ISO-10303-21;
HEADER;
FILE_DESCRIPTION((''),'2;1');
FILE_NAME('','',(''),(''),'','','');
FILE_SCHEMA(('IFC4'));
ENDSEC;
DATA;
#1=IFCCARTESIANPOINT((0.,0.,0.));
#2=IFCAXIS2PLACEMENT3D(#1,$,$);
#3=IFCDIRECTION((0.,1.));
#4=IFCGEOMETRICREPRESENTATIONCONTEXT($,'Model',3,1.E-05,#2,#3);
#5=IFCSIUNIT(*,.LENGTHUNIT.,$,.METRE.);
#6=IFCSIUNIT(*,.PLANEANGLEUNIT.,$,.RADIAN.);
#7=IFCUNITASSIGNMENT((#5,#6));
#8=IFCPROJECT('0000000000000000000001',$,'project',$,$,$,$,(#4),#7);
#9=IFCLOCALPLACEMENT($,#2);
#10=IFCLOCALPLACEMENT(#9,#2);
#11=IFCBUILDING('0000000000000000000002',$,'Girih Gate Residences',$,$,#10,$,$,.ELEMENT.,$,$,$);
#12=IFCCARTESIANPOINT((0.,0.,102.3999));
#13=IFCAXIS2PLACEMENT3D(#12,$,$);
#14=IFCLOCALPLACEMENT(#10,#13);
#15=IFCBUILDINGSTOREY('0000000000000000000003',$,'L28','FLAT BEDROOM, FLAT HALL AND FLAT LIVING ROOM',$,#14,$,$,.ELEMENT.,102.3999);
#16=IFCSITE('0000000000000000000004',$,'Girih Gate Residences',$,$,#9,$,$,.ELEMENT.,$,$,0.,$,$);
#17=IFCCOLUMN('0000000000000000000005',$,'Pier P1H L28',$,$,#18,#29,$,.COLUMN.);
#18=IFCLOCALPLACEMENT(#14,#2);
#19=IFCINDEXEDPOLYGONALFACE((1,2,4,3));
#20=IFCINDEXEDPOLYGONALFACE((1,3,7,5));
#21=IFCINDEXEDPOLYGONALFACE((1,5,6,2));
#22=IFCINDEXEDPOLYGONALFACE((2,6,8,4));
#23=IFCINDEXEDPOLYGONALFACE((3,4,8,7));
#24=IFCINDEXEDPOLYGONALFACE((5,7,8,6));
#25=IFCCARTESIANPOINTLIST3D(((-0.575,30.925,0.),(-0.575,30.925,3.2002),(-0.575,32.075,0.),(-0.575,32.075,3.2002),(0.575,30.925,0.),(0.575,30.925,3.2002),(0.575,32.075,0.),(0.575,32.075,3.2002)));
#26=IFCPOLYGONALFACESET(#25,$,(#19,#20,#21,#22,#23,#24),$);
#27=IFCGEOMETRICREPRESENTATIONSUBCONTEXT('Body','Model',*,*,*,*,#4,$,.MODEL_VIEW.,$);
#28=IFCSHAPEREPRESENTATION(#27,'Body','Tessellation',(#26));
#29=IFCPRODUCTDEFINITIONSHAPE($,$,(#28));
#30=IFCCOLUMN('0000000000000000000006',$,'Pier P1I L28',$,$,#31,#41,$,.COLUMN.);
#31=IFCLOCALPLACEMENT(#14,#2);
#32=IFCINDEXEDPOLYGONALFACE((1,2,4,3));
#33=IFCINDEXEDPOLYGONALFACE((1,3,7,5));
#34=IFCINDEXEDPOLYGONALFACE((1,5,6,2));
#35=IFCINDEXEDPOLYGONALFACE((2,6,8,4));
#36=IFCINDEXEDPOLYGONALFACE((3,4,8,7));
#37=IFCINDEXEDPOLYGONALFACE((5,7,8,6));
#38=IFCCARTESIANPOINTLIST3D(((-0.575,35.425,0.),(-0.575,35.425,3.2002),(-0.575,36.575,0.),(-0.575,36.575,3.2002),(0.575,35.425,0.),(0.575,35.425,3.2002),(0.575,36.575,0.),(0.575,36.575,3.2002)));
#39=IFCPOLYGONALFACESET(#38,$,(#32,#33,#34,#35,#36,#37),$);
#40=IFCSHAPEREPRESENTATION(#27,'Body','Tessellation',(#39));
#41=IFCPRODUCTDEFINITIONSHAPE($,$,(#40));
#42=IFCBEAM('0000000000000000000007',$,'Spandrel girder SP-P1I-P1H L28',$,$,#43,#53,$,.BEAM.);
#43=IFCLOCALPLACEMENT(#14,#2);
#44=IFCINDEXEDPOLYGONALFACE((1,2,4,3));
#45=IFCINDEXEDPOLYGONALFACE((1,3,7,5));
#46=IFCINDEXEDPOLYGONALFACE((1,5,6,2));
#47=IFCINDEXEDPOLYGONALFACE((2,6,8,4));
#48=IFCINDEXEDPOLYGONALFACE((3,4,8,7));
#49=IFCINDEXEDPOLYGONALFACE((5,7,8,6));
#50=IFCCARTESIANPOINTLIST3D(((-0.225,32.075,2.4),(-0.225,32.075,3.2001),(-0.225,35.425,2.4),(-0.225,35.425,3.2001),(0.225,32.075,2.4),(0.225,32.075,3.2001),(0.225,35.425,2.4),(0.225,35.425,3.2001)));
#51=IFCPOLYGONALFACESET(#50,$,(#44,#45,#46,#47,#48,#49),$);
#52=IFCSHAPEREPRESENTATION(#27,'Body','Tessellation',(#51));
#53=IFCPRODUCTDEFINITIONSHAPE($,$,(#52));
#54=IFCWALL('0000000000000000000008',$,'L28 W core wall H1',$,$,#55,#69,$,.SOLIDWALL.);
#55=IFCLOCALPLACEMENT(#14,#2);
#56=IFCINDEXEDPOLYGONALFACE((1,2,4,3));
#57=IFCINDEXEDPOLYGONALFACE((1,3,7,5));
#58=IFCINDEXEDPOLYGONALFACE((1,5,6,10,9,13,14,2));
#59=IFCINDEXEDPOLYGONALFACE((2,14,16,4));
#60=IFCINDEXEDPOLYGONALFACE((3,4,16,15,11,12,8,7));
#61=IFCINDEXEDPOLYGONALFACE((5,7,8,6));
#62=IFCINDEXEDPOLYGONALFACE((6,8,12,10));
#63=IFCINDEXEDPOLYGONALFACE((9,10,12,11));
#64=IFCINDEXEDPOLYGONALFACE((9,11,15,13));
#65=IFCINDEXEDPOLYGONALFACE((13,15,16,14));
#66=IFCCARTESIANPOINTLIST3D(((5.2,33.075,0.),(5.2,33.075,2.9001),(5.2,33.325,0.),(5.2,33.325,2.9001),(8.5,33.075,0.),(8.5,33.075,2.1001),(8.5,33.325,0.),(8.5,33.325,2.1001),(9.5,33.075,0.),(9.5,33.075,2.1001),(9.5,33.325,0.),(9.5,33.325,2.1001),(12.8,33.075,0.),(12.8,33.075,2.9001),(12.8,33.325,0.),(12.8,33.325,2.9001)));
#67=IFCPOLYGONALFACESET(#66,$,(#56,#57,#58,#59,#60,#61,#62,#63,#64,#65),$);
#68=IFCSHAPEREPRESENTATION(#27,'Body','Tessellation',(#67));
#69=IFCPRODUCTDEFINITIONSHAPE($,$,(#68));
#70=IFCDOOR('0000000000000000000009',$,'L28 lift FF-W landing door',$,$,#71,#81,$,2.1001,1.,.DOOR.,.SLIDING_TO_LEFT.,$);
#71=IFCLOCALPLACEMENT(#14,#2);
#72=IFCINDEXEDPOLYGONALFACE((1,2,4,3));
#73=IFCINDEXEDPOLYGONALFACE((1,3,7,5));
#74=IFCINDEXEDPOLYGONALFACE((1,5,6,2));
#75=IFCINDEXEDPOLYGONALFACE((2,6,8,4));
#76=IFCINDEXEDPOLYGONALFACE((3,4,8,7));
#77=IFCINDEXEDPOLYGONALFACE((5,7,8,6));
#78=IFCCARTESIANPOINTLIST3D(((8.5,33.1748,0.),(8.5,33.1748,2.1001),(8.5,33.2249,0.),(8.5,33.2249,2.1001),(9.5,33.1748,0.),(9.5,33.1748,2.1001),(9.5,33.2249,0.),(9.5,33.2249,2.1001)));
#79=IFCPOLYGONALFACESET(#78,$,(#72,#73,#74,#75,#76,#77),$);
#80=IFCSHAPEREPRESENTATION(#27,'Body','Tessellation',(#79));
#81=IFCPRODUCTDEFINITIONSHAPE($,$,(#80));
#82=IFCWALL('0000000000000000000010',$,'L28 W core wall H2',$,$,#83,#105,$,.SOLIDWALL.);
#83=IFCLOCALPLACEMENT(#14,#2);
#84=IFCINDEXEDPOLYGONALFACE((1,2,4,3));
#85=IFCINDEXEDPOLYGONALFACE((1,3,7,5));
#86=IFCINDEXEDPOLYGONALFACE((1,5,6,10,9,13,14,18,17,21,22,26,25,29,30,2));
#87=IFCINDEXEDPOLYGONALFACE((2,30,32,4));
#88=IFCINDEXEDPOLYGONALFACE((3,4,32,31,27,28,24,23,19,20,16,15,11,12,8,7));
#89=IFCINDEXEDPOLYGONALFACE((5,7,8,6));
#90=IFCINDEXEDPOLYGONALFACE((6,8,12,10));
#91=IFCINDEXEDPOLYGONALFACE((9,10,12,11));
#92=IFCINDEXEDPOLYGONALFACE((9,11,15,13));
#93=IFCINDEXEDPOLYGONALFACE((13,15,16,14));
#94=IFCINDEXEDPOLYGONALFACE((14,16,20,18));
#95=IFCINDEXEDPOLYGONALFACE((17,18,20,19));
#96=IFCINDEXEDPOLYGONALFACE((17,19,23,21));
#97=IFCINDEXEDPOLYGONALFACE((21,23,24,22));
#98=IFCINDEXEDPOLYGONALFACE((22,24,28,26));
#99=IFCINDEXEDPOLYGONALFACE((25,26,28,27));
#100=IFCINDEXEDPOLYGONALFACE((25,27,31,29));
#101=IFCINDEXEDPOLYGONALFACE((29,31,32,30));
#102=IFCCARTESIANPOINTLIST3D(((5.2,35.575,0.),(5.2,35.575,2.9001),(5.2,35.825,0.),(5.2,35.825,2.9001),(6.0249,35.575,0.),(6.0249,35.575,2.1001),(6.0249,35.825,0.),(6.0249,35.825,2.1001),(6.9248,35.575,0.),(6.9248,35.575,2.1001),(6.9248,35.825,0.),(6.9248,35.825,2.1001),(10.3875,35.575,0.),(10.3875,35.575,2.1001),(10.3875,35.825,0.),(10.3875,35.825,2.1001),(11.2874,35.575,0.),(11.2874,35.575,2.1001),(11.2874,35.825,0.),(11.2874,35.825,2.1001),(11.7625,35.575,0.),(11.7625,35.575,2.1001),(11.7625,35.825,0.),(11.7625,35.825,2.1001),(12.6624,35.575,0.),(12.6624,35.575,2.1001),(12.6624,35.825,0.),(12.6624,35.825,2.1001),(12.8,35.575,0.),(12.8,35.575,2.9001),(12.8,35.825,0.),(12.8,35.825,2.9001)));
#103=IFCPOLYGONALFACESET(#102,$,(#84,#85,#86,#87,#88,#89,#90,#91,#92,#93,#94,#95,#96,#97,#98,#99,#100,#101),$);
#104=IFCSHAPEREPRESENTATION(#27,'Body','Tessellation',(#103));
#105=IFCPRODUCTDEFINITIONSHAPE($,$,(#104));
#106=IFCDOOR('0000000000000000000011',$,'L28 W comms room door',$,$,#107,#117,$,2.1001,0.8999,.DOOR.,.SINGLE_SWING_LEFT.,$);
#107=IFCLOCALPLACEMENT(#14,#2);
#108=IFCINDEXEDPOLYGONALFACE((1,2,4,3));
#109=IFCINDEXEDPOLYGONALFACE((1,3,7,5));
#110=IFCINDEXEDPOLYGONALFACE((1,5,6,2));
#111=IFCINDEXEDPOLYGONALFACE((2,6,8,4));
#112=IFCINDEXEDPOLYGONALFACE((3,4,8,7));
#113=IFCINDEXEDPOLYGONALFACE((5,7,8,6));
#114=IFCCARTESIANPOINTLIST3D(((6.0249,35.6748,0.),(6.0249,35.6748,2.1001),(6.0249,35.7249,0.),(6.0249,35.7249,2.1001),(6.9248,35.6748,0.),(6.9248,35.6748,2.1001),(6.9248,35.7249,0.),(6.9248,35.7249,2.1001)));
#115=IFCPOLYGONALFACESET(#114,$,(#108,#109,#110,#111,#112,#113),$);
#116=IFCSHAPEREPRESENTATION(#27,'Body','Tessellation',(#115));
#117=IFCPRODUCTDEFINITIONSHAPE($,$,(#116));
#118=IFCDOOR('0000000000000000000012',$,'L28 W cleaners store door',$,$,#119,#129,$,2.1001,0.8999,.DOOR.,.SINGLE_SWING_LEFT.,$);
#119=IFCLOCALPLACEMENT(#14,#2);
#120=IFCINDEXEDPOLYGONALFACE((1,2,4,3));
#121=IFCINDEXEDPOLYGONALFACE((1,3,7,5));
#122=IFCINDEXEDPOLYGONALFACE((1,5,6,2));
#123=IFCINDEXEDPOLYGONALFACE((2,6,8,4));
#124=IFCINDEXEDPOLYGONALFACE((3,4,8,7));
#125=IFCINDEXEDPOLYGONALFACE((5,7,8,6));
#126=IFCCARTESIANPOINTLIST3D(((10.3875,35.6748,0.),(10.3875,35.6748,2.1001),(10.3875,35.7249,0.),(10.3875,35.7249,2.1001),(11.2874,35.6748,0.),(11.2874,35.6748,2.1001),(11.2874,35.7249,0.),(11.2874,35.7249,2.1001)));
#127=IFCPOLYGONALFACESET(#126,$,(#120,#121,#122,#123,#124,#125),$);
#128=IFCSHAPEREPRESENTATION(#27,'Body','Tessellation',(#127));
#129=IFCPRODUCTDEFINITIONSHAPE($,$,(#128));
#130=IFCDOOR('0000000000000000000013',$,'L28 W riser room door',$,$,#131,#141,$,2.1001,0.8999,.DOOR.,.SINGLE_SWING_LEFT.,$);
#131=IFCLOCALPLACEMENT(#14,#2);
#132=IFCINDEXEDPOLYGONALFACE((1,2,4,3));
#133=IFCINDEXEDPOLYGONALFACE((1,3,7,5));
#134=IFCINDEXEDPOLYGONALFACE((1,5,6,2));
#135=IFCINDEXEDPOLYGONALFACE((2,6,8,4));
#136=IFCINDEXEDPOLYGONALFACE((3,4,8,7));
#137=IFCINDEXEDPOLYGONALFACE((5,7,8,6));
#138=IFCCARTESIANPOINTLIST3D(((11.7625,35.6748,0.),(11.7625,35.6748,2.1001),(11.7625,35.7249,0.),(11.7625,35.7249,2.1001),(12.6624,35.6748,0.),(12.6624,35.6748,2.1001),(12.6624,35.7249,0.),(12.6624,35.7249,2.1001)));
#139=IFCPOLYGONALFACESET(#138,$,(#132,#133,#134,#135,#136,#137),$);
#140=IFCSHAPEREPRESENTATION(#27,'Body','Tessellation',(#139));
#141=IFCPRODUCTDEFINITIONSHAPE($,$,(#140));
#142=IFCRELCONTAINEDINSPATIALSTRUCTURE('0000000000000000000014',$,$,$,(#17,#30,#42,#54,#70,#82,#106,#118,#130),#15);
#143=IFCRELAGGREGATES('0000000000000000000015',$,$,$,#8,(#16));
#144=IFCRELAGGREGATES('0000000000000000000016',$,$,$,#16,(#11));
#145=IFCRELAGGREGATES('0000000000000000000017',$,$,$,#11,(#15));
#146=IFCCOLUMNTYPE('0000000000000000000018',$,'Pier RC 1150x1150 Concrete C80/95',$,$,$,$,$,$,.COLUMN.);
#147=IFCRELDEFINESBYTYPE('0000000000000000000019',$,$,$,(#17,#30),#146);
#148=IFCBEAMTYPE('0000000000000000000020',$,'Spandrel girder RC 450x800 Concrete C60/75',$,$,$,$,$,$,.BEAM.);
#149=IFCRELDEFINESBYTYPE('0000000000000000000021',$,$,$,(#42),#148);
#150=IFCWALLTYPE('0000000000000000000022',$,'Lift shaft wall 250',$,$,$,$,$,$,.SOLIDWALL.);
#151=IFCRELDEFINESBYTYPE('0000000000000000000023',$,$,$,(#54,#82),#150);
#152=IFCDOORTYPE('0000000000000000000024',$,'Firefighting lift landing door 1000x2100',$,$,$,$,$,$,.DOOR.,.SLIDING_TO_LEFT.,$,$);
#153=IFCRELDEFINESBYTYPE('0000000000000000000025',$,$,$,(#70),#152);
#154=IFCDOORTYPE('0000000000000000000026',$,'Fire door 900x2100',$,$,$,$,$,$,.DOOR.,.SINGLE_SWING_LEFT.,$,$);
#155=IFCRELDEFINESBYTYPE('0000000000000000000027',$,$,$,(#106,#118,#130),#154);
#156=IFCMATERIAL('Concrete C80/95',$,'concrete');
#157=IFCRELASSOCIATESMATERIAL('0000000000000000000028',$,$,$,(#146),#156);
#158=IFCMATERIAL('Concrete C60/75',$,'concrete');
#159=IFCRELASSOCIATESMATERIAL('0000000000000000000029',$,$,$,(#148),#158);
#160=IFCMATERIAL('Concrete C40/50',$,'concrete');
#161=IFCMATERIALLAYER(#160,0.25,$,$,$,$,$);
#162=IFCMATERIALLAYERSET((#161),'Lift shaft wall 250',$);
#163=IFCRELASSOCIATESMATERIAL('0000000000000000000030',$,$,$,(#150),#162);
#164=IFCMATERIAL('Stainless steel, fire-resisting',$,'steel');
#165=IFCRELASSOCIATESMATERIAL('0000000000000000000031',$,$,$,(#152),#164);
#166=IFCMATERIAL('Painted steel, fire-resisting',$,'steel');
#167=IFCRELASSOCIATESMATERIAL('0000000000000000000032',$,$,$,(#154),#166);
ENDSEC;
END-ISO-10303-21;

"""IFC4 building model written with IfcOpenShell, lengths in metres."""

from ifc_helpers import new_model, si_unit, direction, frame, frame_2d, origin, origin_2d, place, context, subcontext, project, spatial, rectangle, extrude, material, layer, layer_set, material_profile, profile_set, type_object, element, fill, save


model = new_model("IFC4")

# Units and contexts
model_context = context("Model", 3, precision=1e-05, world=origin(), true_north=direction((0.0, 1.0)))
body_context = subcontext(model_context, "Body", "Model", "MODEL_VIEW")
ifc_project = project(units=[si_unit("LENGTHUNIT", "METRE"), si_unit("PLANEANGLEUNIT", "RADIAN")], contexts=[model_context])

# Site, building, storey
site_placement = place(None, origin())
site = spatial("IfcSite", under=ifc_project, at=site_placement, Name="Girih Gate Residences", CompositionType="ELEMENT", RefElevation=0.0)
building_placement = place(site_placement, origin())
building = spatial("IfcBuilding", under=site, at=building_placement, Name="Girih Gate Residences", CompositionType="ELEMENT")
storey_placement = place(building_placement, frame((0.0, 0.0, 102.3999)))
storey = spatial("IfcBuildingStorey", under=building, at=storey_placement, Name="L28", Description="FLAT BEDROOM, FLAT HALL AND FLAT LIVING ROOM", CompositionType="ELEMENT", Elevation=102.3999)

# Columns
ifc_material_1 = material(Name="Concrete C80/95", Category="concrete")
ifc_material_profile_1 = material_profile(ifc_material_1, rectangle(XDim=1.1499, YDim=1.1499, at=origin_2d()))
ifc_profile_set_1 = profile_set([ifc_material_profile_1], Name="Concrete C80/95")
column_type = type_object("IfcColumnType", Name="Pier RC 1150x1150 Concrete C80/95", PredefinedType="COLUMN", material=ifc_profile_set_1)
for number, where, z_axis, x_axis, name in (
    (1, (0.0, 31.5, 0.0), (0.0, 0.0, 1.0), (1.0, 0.0, 0.0), "Pier P1H L28"),
    (2, (0.0, 36.0, 0.0), (0.0, 0.0, 1.0), (1.0, 0.0, 0.0), "Pier P1I L28"),
):
    element("IfcColumn", number, at=place(storey_placement, frame(where, z_axis=z_axis, x_axis=x_axis)), inside=storey, type_object=column_type, Name=name, PredefinedType="COLUMN", context=body_context, shape_type="SweptSolid", body=[
        extrude(rectangle(XDim=1.1499, YDim=1.1499, at=origin_2d()), origin(), (0.0, 0.0, 1.0), 3.2002),
    ])

# Beam
ifc_material_2 = material(Name="Concrete C60/75", Category="concrete")
ifc_material_profile_2 = material_profile(ifc_material_2, rectangle(XDim=0.45, YDim=0.8, at=origin_2d()))
ifc_profile_set_2 = profile_set([ifc_material_profile_2], Name="Concrete C60/75")
beam_type = type_object("IfcBeamType", Name="Spandrel girder RC 450x800 Concrete C60/75", PredefinedType="BEAM", material=ifc_profile_set_2)
beam_placement = place(storey_placement, frame((0.0, 35.425, 2.8), z_axis=(0.0, -1.0, 0.0), x_axis=(1.0, 0.0, 0.0)))
element("IfcBeam", 3, at=beam_placement, inside=storey, type_object=beam_type, Name="Spandrel girder SP-P1I-P1H L28", PredefinedType="BEAM", context=body_context, shape_type="SweptSolid", body=[
    extrude(rectangle(XDim=0.45, YDim=0.8, at=origin_2d()), origin(), (0.0, 0.0, 1.0), 3.3501),
])

# Wall, opening, door
ifc_material_3 = material(Name="Concrete C40/50", Category="concrete")
ifc_layer_1 = layer(ifc_material_3, 0.25)
ifc_layer_set_1 = layer_set([ifc_layer_1], Name="Lift shaft wall 250")
wall_type_1 = type_object("IfcWallType", Name="Lift shaft wall 250", PredefinedType="SOLIDWALL", material=ifc_layer_set_1)
wall_1_placement = place(storey_placement, frame((5.2, 33.2, 0.0), z_axis=(0.0, 0.0, 1.0), x_axis=(1.0, 0.0, 0.0)))
wall_1 = element("IfcWall", 4, at=wall_1_placement, inside=storey, type_object=wall_type_1, Name="L28 W core wall H1", PredefinedType="SOLIDWALL", context=body_context, shape_type="SweptSolid", body=[
    extrude(rectangle(XDim=7.6001, YDim=0.25, at=frame_2d((3.8, 0.0))), origin(), (0.0, 0.0, 1.0), 2.9001),
])
opening_1_placement = place(wall_1_placement, frame((3.3, 0.0, 0.0)))
opening_1 = element("IfcOpeningElement", 5, at=opening_1_placement, cuts=wall_1, PredefinedType="OPENING", context=body_context, shape_type="SweptSolid", body=[
    extrude(rectangle(XDim=1.0, YDim=2.1001, at=frame_2d((0.5, 1.05))), frame((0.0, 0.135, 0.0), z_axis=(0.0, -1.0, 0.0), x_axis=(1.0, 0.0, 0.0)), (0.0, 0.0, 1.0), 0.27),
])
ifc_material_4 = material(Name="Stainless steel, fire-resisting", Category="steel")
door_type_1 = type_object("IfcDoorType", Name="Firefighting lift landing door 1000x2100", OperationType="SLIDING_TO_LEFT", PredefinedType="DOOR", material=ifc_material_4)
door_1_placement = place(opening_1_placement, origin())
door_1 = element("IfcDoor", 6, at=door_1_placement, inside=storey, type_object=door_type_1, Name="L28 lift FF-W landing door", OperationType="SLIDING_TO_LEFT", OverallHeight=2.1001, OverallWidth=1.0, PredefinedType="DOOR", context=body_context, shape_type="SweptSolid", body=[
    extrude(rectangle(XDim=1.0, YDim=2.1001, at=frame_2d((0.5, 1.05))), frame((0.0, 0.0249, 0.0), z_axis=(0.0, -1.0, 0.0), x_axis=(1.0, 0.0, 0.0)), (0.0, 0.0, 1.0), 0.05),
])
fill(opening_1, door_1)

# Wall, openings, doors
wall_2_placement = place(storey_placement, frame((5.2, 35.7, 0.0), z_axis=(0.0, 0.0, 1.0), x_axis=(1.0, 0.0, 0.0)))
wall_2 = element("IfcWall", 7, at=wall_2_placement, inside=storey, type_object=wall_type_1, Name="L28 W core wall H2", PredefinedType="SOLIDWALL", context=body_context, shape_type="SweptSolid", body=[
    extrude(rectangle(XDim=7.6001, YDim=0.25, at=frame_2d((3.8, 0.0))), origin(), (0.0, 0.0, 1.0), 2.9001),
])
opening_2_placement = place(wall_2_placement, frame((0.825, 0.0, 0.0)))
opening_2 = element("IfcOpeningElement", 8, at=opening_2_placement, cuts=wall_2, PredefinedType="OPENING", context=body_context, shape_type="SweptSolid", body=[
    extrude(rectangle(XDim=0.8999, YDim=2.1001, at=frame_2d((0.45, 1.05))), frame((0.0, 0.135, 0.0), z_axis=(0.0, -1.0, 0.0), x_axis=(1.0, 0.0, 0.0)), (0.0, 0.0, 1.0), 0.27),
])
opening_3_placement = place(wall_2_placement, frame((5.1875, 0.0, 0.0)))
opening_3 = element("IfcOpeningElement", 9, at=opening_3_placement, cuts=wall_2, PredefinedType="OPENING", context=body_context, shape_type="SweptSolid", body=[
    extrude(rectangle(XDim=0.8999, YDim=2.1001, at=frame_2d((0.45, 1.05))), frame((0.0, 0.135, 0.0), z_axis=(0.0, -1.0, 0.0), x_axis=(1.0, 0.0, 0.0)), (0.0, 0.0, 1.0), 0.27),
])
opening_4_placement = place(wall_2_placement, frame((6.5625, 0.0, 0.0)))
opening_4 = element("IfcOpeningElement", 10, at=opening_4_placement, cuts=wall_2, PredefinedType="OPENING", context=body_context, shape_type="SweptSolid", body=[
    extrude(rectangle(XDim=0.8999, YDim=2.1001, at=frame_2d((0.45, 1.05))), frame((0.0, 0.135, 0.0), z_axis=(0.0, -1.0, 0.0), x_axis=(1.0, 0.0, 0.0)), (0.0, 0.0, 1.0), 0.27),
])
ifc_material_5 = material(Name="Painted steel, fire-resisting", Category="steel")
door_type_2 = type_object("IfcDoorType", Name="Fire door 900x2100", OperationType="SINGLE_SWING_LEFT", PredefinedType="DOOR", material=ifc_material_5)
door_2_placement = place(opening_2_placement, origin())
door_2 = element("IfcDoor", 11, at=door_2_placement, inside=storey, type_object=door_type_2, Name="L28 W comms room door", OperationType="SINGLE_SWING_LEFT", OverallHeight=2.1001, OverallWidth=0.8999, PredefinedType="DOOR", context=body_context, shape_type="SweptSolid", body=[
    extrude(rectangle(XDim=0.8999, YDim=2.1001, at=frame_2d((0.45, 1.05))), frame((0.0, 0.0249, 0.0), z_axis=(0.0, -1.0, 0.0), x_axis=(1.0, 0.0, 0.0)), (0.0, 0.0, 1.0), 0.05),
])
fill(opening_2, door_2)
door_3_placement = place(opening_3_placement, origin())
door_3 = element("IfcDoor", 12, at=door_3_placement, inside=storey, type_object=door_type_2, Name="L28 W cleaners store door", OperationType="SINGLE_SWING_LEFT", OverallHeight=2.1001, OverallWidth=0.8999, PredefinedType="DOOR", context=body_context, shape_type="SweptSolid", body=[
    extrude(rectangle(XDim=0.8999, YDim=2.1001, at=frame_2d((0.45, 1.05))), frame((0.0, 0.0249, 0.0), z_axis=(0.0, -1.0, 0.0), x_axis=(1.0, 0.0, 0.0)), (0.0, 0.0, 1.0), 0.05),
])
fill(opening_3, door_3)
door_4_placement = place(opening_4_placement, origin())
door_4 = element("IfcDoor", 13, at=door_4_placement, inside=storey, type_object=door_type_2, Name="L28 W riser room door", OperationType="SINGLE_SWING_LEFT", OverallHeight=2.1001, OverallWidth=0.8999, PredefinedType="DOOR", context=body_context, shape_type="SweptSolid", body=[
    extrude(rectangle(XDim=0.8999, YDim=2.1001, at=frame_2d((0.45, 1.05))), frame((0.0, 0.0249, 0.0), z_axis=(0.0, -1.0, 0.0), x_axis=(1.0, 0.0, 0.0)), (0.0, 0.0, 1.0), 0.05),
])
fill(opening_4, door_4)

save(model, "model.ifc")
